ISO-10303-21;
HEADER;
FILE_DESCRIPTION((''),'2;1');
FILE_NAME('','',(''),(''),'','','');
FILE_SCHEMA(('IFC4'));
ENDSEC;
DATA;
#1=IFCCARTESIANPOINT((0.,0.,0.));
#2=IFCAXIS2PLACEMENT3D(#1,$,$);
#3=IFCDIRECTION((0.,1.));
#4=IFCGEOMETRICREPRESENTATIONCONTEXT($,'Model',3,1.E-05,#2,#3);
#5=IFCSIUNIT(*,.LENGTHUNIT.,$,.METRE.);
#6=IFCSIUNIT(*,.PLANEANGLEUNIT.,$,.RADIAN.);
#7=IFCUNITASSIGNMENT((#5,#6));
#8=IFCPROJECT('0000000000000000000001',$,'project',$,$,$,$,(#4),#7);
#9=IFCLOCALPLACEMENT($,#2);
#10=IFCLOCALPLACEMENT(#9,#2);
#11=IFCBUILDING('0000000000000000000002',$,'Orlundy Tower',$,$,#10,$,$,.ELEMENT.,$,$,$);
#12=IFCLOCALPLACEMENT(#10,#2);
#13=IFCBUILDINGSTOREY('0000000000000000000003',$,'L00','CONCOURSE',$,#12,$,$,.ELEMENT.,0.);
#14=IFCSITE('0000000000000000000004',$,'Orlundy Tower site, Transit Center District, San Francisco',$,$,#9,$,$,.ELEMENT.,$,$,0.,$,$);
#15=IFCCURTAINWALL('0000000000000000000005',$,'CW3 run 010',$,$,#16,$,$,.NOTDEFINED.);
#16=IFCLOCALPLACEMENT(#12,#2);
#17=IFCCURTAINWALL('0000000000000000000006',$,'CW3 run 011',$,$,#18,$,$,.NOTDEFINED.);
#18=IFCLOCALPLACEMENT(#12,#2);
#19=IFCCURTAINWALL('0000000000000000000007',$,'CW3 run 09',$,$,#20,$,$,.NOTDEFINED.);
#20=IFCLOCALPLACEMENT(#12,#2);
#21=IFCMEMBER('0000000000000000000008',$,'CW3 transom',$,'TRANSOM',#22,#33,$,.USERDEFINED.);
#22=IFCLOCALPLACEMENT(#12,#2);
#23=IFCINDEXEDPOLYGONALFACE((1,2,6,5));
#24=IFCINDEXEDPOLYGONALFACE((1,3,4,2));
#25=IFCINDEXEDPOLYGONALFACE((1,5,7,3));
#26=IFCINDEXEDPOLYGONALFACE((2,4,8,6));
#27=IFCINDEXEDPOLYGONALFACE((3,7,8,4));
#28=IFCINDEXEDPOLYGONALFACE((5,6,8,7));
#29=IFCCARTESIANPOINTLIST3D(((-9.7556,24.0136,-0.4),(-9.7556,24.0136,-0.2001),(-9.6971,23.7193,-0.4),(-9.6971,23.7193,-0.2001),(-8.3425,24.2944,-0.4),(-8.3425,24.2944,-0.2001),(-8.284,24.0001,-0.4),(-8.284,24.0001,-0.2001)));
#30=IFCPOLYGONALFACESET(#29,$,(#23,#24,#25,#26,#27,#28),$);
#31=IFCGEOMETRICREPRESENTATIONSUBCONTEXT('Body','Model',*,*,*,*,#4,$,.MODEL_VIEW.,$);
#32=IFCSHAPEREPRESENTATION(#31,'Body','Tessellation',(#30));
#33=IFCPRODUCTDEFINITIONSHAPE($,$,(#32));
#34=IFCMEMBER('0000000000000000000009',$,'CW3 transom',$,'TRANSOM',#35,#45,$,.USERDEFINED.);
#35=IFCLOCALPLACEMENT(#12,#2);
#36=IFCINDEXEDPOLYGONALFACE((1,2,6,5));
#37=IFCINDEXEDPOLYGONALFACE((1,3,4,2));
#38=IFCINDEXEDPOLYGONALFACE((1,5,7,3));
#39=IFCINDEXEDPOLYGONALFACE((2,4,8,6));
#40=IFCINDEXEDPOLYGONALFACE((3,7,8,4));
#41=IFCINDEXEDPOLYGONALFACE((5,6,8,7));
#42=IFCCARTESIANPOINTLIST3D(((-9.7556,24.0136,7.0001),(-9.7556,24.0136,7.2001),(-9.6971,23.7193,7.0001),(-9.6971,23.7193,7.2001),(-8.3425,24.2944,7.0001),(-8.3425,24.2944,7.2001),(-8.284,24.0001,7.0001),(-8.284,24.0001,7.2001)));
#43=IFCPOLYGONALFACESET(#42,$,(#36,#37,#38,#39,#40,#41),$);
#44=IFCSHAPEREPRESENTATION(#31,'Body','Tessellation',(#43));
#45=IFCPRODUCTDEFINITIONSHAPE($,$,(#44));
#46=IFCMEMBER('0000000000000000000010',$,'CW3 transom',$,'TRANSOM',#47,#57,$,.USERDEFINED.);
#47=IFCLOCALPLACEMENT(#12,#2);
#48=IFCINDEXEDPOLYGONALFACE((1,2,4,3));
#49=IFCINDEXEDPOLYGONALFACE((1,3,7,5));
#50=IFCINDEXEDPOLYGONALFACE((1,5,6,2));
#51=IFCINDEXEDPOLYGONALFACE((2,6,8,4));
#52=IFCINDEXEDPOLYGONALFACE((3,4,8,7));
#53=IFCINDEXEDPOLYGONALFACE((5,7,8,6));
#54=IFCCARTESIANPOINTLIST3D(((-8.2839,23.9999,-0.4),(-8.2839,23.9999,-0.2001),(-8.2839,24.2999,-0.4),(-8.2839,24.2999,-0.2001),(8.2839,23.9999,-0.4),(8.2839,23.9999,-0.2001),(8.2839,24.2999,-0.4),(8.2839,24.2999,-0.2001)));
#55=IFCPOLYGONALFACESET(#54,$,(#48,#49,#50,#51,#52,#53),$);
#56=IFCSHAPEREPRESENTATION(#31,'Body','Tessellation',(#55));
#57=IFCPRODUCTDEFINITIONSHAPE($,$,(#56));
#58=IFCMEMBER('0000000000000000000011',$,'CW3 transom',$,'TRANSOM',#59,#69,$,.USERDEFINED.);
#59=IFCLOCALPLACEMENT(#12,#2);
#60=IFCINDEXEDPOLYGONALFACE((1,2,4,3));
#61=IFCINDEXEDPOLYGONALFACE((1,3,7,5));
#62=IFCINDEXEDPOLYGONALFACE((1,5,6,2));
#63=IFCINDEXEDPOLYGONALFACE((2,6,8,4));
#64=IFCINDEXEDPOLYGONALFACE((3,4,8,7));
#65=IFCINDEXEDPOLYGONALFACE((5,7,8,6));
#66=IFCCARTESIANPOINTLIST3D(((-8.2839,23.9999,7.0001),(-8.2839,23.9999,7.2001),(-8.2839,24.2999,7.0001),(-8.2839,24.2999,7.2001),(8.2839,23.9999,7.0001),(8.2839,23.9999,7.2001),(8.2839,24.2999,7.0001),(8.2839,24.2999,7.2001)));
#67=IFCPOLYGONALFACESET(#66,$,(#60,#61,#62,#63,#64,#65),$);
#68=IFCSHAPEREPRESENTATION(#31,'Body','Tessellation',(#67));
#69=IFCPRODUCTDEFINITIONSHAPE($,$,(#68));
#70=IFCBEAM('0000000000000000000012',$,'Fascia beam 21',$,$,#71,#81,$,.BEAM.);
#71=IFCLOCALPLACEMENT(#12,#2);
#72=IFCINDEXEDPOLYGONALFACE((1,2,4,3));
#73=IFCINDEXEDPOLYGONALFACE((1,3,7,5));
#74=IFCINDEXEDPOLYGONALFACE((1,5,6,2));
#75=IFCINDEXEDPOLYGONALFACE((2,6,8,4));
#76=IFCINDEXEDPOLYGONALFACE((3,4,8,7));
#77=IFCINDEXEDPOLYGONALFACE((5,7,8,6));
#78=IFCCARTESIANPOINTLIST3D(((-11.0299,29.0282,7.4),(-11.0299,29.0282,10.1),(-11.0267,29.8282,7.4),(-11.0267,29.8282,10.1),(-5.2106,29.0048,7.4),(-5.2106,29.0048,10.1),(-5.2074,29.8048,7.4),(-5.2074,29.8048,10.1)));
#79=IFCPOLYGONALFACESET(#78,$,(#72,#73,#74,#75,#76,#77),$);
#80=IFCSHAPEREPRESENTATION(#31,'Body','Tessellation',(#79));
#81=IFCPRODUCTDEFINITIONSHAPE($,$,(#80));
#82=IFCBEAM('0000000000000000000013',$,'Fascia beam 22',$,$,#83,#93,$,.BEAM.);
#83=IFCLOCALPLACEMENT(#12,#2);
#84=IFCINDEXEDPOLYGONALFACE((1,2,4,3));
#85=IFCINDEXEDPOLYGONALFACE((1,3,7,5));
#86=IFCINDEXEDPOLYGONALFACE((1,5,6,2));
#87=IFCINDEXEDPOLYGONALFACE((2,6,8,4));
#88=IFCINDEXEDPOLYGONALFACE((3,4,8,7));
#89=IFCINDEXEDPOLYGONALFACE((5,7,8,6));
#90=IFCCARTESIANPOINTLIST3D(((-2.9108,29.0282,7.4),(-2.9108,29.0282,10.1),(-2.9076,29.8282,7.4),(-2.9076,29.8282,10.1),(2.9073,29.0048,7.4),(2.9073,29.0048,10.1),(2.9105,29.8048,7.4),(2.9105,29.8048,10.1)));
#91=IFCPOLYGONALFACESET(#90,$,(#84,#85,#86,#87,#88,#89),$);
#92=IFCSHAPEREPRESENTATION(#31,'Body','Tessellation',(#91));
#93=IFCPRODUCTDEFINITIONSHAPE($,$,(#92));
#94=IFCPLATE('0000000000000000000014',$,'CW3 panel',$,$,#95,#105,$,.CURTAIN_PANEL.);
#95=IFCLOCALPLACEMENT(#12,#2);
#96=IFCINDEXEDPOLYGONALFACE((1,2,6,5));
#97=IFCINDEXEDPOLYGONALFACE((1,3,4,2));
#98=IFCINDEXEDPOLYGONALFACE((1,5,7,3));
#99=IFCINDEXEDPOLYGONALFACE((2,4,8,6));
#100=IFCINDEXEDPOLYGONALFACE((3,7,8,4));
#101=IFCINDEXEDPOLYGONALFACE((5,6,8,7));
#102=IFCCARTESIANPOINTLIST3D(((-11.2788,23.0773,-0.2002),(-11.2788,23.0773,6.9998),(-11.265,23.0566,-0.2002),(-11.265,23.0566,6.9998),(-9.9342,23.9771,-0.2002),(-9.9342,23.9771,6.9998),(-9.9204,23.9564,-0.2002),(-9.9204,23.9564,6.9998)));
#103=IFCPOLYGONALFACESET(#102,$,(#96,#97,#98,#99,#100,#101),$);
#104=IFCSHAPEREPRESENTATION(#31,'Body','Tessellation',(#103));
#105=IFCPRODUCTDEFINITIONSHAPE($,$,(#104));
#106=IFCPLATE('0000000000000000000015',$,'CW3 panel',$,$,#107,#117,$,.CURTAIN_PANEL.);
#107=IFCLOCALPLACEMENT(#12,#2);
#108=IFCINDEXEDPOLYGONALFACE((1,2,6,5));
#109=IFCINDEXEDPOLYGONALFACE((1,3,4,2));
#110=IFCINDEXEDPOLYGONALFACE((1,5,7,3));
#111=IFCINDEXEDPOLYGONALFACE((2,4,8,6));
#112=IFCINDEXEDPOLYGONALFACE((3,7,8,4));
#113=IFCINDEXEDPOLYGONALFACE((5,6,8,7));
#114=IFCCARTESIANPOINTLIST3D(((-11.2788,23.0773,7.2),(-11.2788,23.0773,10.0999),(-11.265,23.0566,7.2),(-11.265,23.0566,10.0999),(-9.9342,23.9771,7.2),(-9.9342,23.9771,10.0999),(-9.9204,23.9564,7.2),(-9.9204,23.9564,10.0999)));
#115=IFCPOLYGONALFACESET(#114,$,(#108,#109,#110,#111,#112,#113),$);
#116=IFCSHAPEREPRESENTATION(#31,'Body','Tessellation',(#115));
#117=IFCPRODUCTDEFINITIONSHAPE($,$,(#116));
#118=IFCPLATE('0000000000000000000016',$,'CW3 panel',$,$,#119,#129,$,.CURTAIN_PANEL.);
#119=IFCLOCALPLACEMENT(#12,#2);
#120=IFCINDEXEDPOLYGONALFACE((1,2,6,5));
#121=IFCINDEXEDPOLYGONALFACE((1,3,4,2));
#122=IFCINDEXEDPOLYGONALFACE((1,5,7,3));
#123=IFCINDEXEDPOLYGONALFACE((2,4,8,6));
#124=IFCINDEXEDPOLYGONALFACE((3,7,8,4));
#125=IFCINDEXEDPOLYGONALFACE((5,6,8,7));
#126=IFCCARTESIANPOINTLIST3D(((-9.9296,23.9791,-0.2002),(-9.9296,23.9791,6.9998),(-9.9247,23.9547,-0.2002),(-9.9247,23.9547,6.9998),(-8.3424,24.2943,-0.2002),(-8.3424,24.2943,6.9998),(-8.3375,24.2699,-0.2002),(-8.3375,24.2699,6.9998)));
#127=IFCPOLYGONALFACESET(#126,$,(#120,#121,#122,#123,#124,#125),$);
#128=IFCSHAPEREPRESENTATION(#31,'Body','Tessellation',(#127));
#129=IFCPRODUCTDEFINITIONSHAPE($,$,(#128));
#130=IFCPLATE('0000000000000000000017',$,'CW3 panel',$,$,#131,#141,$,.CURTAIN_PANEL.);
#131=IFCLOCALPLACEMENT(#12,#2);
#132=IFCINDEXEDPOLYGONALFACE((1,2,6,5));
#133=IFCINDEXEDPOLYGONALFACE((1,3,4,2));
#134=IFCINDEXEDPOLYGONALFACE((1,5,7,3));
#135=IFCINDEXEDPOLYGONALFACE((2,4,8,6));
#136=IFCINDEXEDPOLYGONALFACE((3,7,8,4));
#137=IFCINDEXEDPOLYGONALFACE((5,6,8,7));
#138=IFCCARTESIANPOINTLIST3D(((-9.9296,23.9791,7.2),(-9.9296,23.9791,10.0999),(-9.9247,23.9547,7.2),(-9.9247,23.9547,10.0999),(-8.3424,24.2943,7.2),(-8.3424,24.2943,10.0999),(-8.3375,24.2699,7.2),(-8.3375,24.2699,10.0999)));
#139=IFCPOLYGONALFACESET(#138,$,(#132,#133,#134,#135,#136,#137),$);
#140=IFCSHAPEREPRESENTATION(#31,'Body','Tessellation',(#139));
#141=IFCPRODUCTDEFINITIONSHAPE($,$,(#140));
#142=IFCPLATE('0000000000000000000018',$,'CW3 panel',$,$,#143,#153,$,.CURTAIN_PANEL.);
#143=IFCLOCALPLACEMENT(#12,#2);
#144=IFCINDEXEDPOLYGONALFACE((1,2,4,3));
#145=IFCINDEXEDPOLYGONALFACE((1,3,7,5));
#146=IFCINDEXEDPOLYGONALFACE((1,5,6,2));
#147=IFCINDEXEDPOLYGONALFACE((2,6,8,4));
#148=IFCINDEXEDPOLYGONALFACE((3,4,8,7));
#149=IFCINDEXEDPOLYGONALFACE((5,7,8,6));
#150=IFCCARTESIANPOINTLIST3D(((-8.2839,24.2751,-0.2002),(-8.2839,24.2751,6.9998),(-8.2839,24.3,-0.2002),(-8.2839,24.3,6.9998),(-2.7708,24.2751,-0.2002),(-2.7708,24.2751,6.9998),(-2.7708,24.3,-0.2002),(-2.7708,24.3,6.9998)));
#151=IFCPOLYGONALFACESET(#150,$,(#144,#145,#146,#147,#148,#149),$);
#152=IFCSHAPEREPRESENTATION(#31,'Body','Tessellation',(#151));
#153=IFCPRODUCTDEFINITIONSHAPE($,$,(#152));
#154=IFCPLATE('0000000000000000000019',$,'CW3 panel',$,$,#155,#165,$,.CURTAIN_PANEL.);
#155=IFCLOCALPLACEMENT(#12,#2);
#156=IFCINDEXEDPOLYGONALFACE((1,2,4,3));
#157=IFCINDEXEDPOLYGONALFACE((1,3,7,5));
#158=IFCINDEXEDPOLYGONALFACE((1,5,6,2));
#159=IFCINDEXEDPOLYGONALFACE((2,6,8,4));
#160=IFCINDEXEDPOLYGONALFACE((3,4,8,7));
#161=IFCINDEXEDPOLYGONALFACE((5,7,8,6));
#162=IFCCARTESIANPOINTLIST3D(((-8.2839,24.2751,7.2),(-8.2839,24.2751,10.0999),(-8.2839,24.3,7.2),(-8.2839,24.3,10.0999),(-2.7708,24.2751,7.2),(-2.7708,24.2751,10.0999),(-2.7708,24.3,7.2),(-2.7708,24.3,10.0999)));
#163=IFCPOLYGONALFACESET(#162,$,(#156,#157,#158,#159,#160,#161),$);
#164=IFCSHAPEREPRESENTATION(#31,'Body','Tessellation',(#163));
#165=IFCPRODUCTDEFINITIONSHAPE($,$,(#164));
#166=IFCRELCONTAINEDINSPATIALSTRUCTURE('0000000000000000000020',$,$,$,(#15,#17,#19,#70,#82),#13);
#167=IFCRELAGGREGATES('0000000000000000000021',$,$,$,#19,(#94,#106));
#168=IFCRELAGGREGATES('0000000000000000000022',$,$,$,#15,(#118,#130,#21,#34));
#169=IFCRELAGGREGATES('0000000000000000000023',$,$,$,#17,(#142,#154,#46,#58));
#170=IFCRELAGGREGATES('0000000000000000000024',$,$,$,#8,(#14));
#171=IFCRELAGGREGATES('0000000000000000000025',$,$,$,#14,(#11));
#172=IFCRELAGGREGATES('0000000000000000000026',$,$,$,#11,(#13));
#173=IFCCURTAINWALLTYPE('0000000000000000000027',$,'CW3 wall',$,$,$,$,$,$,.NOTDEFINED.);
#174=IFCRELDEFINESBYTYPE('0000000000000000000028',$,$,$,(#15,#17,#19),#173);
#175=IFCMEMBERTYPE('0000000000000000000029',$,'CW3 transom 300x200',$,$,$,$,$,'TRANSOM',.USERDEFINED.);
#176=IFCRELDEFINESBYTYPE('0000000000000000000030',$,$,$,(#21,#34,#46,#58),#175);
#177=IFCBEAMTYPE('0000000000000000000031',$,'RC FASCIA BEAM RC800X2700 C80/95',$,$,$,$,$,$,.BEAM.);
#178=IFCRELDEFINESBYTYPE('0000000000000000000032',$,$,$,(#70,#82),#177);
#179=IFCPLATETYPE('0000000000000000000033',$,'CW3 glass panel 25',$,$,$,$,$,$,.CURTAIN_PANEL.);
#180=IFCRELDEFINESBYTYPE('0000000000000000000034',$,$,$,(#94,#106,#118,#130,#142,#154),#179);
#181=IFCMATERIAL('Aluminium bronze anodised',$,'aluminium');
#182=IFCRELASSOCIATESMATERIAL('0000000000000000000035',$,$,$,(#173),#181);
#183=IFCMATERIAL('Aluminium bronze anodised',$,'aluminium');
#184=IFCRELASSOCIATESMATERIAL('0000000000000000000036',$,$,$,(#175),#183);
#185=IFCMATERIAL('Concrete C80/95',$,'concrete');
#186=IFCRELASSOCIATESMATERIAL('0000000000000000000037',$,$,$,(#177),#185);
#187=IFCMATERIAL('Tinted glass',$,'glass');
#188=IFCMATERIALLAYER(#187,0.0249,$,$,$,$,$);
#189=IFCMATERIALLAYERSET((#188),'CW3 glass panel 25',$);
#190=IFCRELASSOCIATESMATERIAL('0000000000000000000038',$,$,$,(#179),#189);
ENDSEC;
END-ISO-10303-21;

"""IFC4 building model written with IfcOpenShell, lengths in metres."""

from ifc_helpers import new_model, si_unit, direction, frame, origin, origin_2d, place, context, subcontext, project, spatial, rectangle, extrude, material, layer, layer_set, material_profile, profile_set, type_object, element, aggregate, save


model = new_model("IFC4")

# Units and contexts
model_context = context("Model", 3, precision=1e-05, world=origin(), true_north=direction((0.0, 1.0)))
body_context = subcontext(model_context, "Body", "Model", "MODEL_VIEW")
ifc_project = project(units=[si_unit("LENGTHUNIT", "METRE"), si_unit("PLANEANGLEUNIT", "RADIAN")], contexts=[model_context])

# Site, building, storey
site_placement = place(None, origin())
site = spatial("IfcSite", under=ifc_project, at=site_placement, Name="Orlundy Tower site, Transit Center District, San Francisco", CompositionType="ELEMENT", RefElevation=0.0)
building_placement = place(site_placement, origin())
building = spatial("IfcBuilding", under=site, at=building_placement, Name="Orlundy Tower", CompositionType="ELEMENT")
storey_placement = place(building_placement, origin())
storey = spatial("IfcBuildingStorey", under=building, at=storey_placement, Name="L00", Description="CONCOURSE", CompositionType="ELEMENT", Elevation=0.0)

# Curtain wall
ifc_material_1 = material(Name="Aluminium bronze anodised", Category="aluminium")
curtain_wall_type = type_object("IfcCurtainWallType", Name="CW3 wall", PredefinedType="NOTDEFINED", material=ifc_material_1)
curtain_wall_1_placement = place(storey_placement, origin())
curtain_wall_1 = element("IfcCurtainWall", 1, at=curtain_wall_1_placement, inside=storey, type_object=curtain_wall_type, Name="CW3 run 010", PredefinedType="NOTDEFINED")

# Curtain wall
curtain_wall_2_placement = place(storey_placement, origin())
curtain_wall_2 = element("IfcCurtainWall", 2, at=curtain_wall_2_placement, inside=storey, type_object=curtain_wall_type, Name="CW3 run 011", PredefinedType="NOTDEFINED")

# Curtain wall
curtain_wall_3_placement = place(storey_placement, origin())
curtain_wall_3 = element("IfcCurtainWall", 3, at=curtain_wall_3_placement, inside=storey, type_object=curtain_wall_type, Name="CW3 run 09", PredefinedType="NOTDEFINED")
ifc_material_2 = material(Name="Aluminium bronze anodised", Category="aluminium")
ifc_material_profile_1 = material_profile(ifc_material_2, rectangle(XDim=0.3, YDim=0.2, at=origin_2d()), Name="CW3 transom 300x200")
ifc_profile_set_1 = profile_set([ifc_material_profile_1], Name="Aluminium bronze anodised")
member_type_1 = type_object("IfcMemberType", Name="CW3 transom 300x200", ElementType="TRANSOM", PredefinedType="USERDEFINED", material=ifc_profile_set_1)

# Members
member_1_placement = place(storey_placement, frame((-9.7263, 23.8665, -0.3), z_axis=(0.980828, 0.194878, 0.0), x_axis=(-0.194878, 0.980828, 0.0)))
member_1 = element("IfcMember", 4, at=member_1_placement, type_object=member_type_1, Name="CW3 transom", ObjectType="TRANSOM", PredefinedType="USERDEFINED", context=body_context, shape_type="SweptSolid", body=[
    extrude(rectangle(XDim=0.3, YDim=0.2, at=origin_2d()), origin(), (0.0, 0.0, 1.0), 1.4407),
])
member_2_placement = place(storey_placement, frame((-9.7263, 23.8665, 7.1001), z_axis=(0.980828, 0.194878, 0.0), x_axis=(-0.194878, 0.980828, 0.0)))
member_2 = element("IfcMember", 5, at=member_2_placement, type_object=member_type_1, Name="CW3 transom", ObjectType="TRANSOM", PredefinedType="USERDEFINED", context=body_context, shape_type="SweptSolid", body=[
    extrude(rectangle(XDim=0.3, YDim=0.2, at=origin_2d()), origin(), (0.0, 0.0, 1.0), 1.4407),
])
member_3_placement = place(storey_placement, frame((-8.2839, 24.1499, -0.3), z_axis=(1.0, 0.0, 0.0), x_axis=(0.0, 1.0, 0.0)))
member_3 = element("IfcMember", 6, at=member_3_placement, type_object=member_type_1, Name="CW3 transom", ObjectType="TRANSOM", PredefinedType="USERDEFINED", context=body_context, shape_type="SweptSolid", body=[
    extrude(rectangle(XDim=0.3, YDim=0.2, at=origin_2d()), origin(), (0.0, 0.0, 1.0), 16.5679),
])
member_4_placement = place(storey_placement, frame((-8.2839, 24.1499, 7.1001), z_axis=(1.0, 0.0, 0.0), x_axis=(0.0, 1.0, 0.0)))
member_4 = element("IfcMember", 7, at=member_4_placement, type_object=member_type_1, Name="CW3 transom", ObjectType="TRANSOM", PredefinedType="USERDEFINED", context=body_context, shape_type="SweptSolid", body=[
    extrude(rectangle(XDim=0.3, YDim=0.2, at=origin_2d()), origin(), (0.0, 0.0, 1.0), 16.5679),
])

# Beams
ifc_material_3 = material(Name="Concrete C80/95", Category="concrete")
ifc_material_profile_2 = material_profile(ifc_material_3, rectangle(XDim=0.8, YDim=2.7, at=origin_2d()), Name="RC800X2700")
ifc_profile_set_2 = profile_set([ifc_material_profile_2], Name="Concrete C80/95")
beam_type = type_object("IfcBeamType", Name="RC FASCIA BEAM RC800X2700 C80/95", PredefinedType="BEAM", material=ifc_profile_set_2)
beam_1_placement = place(storey_placement, frame((-11.0283, 29.4282, 8.75), z_axis=(0.999992, -0.004027, 0.0), x_axis=(0.004027, 0.999992, 0.0)))
element("IfcBeam", 8, at=beam_1_placement, inside=storey, type_object=beam_type, Name="Fascia beam 21", PredefinedType="BEAM", context=body_context, shape_type="SweptSolid", body=[
    extrude(rectangle(XDim=0.8, YDim=2.7, at=origin_2d()), origin(), (0.0, 0.0, 1.0), 5.8193),
])
beam_2_placement = place(storey_placement, frame((-2.9092, 29.4282, 8.75), z_axis=(0.999992, -0.004028, 0.0), x_axis=(0.004028, 0.999992, 0.0)))
element("IfcBeam", 9, at=beam_2_placement, inside=storey, type_object=beam_type, Name="Fascia beam 22", PredefinedType="BEAM", context=body_context, shape_type="SweptSolid", body=[
    extrude(rectangle(XDim=0.8, YDim=2.7, at=origin_2d()), origin(), (0.0, 0.0, 1.0), 5.8181),
])

# Plates
ifc_material_4 = material(Name="Tinted glass", Category="glass")
ifc_layer = layer(ifc_material_4, 0.0249)
ifc_layer_set = layer_set([ifc_layer], Name="CW3 glass panel 25")
plate_type = type_object("IfcPlateType", Name="CW3 glass panel 25", PredefinedType="CURTAIN_PANEL", material=ifc_layer_set)
plate_1_placement = place(storey_placement, frame((-10.5996, 23.5168, -0.2002), z_axis=(0.0, 0.0, 1.0), x_axis=(0.831063, 0.556178, 0.0)))
plate_1 = element("IfcPlate", 10, at=plate_1_placement, type_object=plate_type, Name="CW3 panel", PredefinedType="CURTAIN_PANEL", context=body_context, shape_type="SweptSolid", body=[
    extrude(rectangle(XDim=1.6179, YDim=0.0249, at=origin_2d()), origin(), (0.0, 0.0, 1.0), 7.2),
])
plate_2_placement = place(storey_placement, frame((-10.5996, 23.5168, 7.2), z_axis=(0.0, 0.0, 1.0), x_axis=(0.831063, 0.556178, 0.0)))
plate_2 = element("IfcPlate", 11, at=plate_2_placement, type_object=plate_type, Name="CW3 panel", PredefinedType="CURTAIN_PANEL", context=body_context, shape_type="SweptSolid", body=[
    extrude(rectangle(XDim=1.6179, YDim=0.0249, at=origin_2d()), origin(), (0.0, 0.0, 1.0), 2.8999),
])
aggregate(curtain_wall_3, [plate_1, plate_2])
plate_3_placement = place(storey_placement, frame((-9.1335, 24.1245, -0.2002), z_axis=(0.0, 0.0, 1.0), x_axis=(0.980851, 0.194761, 0.0)))
plate_3 = element("IfcPlate", 12, at=plate_3_placement, type_object=plate_type, Name="CW3 panel", PredefinedType="CURTAIN_PANEL", context=body_context, shape_type="SweptSolid", body=[
    extrude(rectangle(XDim=1.6182, YDim=0.0249, at=origin_2d()), origin(), (0.0, 0.0, 1.0), 7.2),
])
plate_4_placement = place(storey_placement, frame((-9.1335, 24.1245, 7.2), z_axis=(0.0, 0.0, 1.0), x_axis=(0.980851, 0.194761, 0.0)))
plate_4 = element("IfcPlate", 13, at=plate_4_placement, type_object=plate_type, Name="CW3 panel", PredefinedType="CURTAIN_PANEL", context=body_context, shape_type="SweptSolid", body=[
    extrude(rectangle(XDim=1.6182, YDim=0.0249, at=origin_2d()), origin(), (0.0, 0.0, 1.0), 2.8999),
])
aggregate(curtain_wall_1, [plate_3, plate_4, member_1, member_2])
plate_5_placement = place(storey_placement, frame((-5.5273, 24.2876, -0.2002), z_axis=(0.0, 0.0, 1.0), x_axis=(1.0, 0.0, 0.0)))
plate_5 = element("IfcPlate", 14, at=plate_5_placement, type_object=plate_type, Name="CW3 panel", PredefinedType="CURTAIN_PANEL", context=body_context, shape_type="SweptSolid", body=[
    extrude(rectangle(XDim=5.5132, YDim=0.0249, at=origin_2d()), origin(), (0.0, 0.0, 1.0), 7.2),
])
plate_6_placement = place(storey_placement, frame((-5.5273, 24.2876, 7.2), z_axis=(0.0, 0.0, 1.0), x_axis=(1.0, 0.0, 0.0)))
plate_6 = element("IfcPlate", 15, at=plate_6_placement, type_object=plate_type, Name="CW3 panel", PredefinedType="CURTAIN_PANEL", context=body_context, shape_type="SweptSolid", body=[
    extrude(rectangle(XDim=5.5132, YDim=0.0249, at=origin_2d()), origin(), (0.0, 0.0, 1.0), 2.8999),
])
aggregate(curtain_wall_2, [plate_5, plate_6, member_3, member_4])

save(model, "model.ifc")
